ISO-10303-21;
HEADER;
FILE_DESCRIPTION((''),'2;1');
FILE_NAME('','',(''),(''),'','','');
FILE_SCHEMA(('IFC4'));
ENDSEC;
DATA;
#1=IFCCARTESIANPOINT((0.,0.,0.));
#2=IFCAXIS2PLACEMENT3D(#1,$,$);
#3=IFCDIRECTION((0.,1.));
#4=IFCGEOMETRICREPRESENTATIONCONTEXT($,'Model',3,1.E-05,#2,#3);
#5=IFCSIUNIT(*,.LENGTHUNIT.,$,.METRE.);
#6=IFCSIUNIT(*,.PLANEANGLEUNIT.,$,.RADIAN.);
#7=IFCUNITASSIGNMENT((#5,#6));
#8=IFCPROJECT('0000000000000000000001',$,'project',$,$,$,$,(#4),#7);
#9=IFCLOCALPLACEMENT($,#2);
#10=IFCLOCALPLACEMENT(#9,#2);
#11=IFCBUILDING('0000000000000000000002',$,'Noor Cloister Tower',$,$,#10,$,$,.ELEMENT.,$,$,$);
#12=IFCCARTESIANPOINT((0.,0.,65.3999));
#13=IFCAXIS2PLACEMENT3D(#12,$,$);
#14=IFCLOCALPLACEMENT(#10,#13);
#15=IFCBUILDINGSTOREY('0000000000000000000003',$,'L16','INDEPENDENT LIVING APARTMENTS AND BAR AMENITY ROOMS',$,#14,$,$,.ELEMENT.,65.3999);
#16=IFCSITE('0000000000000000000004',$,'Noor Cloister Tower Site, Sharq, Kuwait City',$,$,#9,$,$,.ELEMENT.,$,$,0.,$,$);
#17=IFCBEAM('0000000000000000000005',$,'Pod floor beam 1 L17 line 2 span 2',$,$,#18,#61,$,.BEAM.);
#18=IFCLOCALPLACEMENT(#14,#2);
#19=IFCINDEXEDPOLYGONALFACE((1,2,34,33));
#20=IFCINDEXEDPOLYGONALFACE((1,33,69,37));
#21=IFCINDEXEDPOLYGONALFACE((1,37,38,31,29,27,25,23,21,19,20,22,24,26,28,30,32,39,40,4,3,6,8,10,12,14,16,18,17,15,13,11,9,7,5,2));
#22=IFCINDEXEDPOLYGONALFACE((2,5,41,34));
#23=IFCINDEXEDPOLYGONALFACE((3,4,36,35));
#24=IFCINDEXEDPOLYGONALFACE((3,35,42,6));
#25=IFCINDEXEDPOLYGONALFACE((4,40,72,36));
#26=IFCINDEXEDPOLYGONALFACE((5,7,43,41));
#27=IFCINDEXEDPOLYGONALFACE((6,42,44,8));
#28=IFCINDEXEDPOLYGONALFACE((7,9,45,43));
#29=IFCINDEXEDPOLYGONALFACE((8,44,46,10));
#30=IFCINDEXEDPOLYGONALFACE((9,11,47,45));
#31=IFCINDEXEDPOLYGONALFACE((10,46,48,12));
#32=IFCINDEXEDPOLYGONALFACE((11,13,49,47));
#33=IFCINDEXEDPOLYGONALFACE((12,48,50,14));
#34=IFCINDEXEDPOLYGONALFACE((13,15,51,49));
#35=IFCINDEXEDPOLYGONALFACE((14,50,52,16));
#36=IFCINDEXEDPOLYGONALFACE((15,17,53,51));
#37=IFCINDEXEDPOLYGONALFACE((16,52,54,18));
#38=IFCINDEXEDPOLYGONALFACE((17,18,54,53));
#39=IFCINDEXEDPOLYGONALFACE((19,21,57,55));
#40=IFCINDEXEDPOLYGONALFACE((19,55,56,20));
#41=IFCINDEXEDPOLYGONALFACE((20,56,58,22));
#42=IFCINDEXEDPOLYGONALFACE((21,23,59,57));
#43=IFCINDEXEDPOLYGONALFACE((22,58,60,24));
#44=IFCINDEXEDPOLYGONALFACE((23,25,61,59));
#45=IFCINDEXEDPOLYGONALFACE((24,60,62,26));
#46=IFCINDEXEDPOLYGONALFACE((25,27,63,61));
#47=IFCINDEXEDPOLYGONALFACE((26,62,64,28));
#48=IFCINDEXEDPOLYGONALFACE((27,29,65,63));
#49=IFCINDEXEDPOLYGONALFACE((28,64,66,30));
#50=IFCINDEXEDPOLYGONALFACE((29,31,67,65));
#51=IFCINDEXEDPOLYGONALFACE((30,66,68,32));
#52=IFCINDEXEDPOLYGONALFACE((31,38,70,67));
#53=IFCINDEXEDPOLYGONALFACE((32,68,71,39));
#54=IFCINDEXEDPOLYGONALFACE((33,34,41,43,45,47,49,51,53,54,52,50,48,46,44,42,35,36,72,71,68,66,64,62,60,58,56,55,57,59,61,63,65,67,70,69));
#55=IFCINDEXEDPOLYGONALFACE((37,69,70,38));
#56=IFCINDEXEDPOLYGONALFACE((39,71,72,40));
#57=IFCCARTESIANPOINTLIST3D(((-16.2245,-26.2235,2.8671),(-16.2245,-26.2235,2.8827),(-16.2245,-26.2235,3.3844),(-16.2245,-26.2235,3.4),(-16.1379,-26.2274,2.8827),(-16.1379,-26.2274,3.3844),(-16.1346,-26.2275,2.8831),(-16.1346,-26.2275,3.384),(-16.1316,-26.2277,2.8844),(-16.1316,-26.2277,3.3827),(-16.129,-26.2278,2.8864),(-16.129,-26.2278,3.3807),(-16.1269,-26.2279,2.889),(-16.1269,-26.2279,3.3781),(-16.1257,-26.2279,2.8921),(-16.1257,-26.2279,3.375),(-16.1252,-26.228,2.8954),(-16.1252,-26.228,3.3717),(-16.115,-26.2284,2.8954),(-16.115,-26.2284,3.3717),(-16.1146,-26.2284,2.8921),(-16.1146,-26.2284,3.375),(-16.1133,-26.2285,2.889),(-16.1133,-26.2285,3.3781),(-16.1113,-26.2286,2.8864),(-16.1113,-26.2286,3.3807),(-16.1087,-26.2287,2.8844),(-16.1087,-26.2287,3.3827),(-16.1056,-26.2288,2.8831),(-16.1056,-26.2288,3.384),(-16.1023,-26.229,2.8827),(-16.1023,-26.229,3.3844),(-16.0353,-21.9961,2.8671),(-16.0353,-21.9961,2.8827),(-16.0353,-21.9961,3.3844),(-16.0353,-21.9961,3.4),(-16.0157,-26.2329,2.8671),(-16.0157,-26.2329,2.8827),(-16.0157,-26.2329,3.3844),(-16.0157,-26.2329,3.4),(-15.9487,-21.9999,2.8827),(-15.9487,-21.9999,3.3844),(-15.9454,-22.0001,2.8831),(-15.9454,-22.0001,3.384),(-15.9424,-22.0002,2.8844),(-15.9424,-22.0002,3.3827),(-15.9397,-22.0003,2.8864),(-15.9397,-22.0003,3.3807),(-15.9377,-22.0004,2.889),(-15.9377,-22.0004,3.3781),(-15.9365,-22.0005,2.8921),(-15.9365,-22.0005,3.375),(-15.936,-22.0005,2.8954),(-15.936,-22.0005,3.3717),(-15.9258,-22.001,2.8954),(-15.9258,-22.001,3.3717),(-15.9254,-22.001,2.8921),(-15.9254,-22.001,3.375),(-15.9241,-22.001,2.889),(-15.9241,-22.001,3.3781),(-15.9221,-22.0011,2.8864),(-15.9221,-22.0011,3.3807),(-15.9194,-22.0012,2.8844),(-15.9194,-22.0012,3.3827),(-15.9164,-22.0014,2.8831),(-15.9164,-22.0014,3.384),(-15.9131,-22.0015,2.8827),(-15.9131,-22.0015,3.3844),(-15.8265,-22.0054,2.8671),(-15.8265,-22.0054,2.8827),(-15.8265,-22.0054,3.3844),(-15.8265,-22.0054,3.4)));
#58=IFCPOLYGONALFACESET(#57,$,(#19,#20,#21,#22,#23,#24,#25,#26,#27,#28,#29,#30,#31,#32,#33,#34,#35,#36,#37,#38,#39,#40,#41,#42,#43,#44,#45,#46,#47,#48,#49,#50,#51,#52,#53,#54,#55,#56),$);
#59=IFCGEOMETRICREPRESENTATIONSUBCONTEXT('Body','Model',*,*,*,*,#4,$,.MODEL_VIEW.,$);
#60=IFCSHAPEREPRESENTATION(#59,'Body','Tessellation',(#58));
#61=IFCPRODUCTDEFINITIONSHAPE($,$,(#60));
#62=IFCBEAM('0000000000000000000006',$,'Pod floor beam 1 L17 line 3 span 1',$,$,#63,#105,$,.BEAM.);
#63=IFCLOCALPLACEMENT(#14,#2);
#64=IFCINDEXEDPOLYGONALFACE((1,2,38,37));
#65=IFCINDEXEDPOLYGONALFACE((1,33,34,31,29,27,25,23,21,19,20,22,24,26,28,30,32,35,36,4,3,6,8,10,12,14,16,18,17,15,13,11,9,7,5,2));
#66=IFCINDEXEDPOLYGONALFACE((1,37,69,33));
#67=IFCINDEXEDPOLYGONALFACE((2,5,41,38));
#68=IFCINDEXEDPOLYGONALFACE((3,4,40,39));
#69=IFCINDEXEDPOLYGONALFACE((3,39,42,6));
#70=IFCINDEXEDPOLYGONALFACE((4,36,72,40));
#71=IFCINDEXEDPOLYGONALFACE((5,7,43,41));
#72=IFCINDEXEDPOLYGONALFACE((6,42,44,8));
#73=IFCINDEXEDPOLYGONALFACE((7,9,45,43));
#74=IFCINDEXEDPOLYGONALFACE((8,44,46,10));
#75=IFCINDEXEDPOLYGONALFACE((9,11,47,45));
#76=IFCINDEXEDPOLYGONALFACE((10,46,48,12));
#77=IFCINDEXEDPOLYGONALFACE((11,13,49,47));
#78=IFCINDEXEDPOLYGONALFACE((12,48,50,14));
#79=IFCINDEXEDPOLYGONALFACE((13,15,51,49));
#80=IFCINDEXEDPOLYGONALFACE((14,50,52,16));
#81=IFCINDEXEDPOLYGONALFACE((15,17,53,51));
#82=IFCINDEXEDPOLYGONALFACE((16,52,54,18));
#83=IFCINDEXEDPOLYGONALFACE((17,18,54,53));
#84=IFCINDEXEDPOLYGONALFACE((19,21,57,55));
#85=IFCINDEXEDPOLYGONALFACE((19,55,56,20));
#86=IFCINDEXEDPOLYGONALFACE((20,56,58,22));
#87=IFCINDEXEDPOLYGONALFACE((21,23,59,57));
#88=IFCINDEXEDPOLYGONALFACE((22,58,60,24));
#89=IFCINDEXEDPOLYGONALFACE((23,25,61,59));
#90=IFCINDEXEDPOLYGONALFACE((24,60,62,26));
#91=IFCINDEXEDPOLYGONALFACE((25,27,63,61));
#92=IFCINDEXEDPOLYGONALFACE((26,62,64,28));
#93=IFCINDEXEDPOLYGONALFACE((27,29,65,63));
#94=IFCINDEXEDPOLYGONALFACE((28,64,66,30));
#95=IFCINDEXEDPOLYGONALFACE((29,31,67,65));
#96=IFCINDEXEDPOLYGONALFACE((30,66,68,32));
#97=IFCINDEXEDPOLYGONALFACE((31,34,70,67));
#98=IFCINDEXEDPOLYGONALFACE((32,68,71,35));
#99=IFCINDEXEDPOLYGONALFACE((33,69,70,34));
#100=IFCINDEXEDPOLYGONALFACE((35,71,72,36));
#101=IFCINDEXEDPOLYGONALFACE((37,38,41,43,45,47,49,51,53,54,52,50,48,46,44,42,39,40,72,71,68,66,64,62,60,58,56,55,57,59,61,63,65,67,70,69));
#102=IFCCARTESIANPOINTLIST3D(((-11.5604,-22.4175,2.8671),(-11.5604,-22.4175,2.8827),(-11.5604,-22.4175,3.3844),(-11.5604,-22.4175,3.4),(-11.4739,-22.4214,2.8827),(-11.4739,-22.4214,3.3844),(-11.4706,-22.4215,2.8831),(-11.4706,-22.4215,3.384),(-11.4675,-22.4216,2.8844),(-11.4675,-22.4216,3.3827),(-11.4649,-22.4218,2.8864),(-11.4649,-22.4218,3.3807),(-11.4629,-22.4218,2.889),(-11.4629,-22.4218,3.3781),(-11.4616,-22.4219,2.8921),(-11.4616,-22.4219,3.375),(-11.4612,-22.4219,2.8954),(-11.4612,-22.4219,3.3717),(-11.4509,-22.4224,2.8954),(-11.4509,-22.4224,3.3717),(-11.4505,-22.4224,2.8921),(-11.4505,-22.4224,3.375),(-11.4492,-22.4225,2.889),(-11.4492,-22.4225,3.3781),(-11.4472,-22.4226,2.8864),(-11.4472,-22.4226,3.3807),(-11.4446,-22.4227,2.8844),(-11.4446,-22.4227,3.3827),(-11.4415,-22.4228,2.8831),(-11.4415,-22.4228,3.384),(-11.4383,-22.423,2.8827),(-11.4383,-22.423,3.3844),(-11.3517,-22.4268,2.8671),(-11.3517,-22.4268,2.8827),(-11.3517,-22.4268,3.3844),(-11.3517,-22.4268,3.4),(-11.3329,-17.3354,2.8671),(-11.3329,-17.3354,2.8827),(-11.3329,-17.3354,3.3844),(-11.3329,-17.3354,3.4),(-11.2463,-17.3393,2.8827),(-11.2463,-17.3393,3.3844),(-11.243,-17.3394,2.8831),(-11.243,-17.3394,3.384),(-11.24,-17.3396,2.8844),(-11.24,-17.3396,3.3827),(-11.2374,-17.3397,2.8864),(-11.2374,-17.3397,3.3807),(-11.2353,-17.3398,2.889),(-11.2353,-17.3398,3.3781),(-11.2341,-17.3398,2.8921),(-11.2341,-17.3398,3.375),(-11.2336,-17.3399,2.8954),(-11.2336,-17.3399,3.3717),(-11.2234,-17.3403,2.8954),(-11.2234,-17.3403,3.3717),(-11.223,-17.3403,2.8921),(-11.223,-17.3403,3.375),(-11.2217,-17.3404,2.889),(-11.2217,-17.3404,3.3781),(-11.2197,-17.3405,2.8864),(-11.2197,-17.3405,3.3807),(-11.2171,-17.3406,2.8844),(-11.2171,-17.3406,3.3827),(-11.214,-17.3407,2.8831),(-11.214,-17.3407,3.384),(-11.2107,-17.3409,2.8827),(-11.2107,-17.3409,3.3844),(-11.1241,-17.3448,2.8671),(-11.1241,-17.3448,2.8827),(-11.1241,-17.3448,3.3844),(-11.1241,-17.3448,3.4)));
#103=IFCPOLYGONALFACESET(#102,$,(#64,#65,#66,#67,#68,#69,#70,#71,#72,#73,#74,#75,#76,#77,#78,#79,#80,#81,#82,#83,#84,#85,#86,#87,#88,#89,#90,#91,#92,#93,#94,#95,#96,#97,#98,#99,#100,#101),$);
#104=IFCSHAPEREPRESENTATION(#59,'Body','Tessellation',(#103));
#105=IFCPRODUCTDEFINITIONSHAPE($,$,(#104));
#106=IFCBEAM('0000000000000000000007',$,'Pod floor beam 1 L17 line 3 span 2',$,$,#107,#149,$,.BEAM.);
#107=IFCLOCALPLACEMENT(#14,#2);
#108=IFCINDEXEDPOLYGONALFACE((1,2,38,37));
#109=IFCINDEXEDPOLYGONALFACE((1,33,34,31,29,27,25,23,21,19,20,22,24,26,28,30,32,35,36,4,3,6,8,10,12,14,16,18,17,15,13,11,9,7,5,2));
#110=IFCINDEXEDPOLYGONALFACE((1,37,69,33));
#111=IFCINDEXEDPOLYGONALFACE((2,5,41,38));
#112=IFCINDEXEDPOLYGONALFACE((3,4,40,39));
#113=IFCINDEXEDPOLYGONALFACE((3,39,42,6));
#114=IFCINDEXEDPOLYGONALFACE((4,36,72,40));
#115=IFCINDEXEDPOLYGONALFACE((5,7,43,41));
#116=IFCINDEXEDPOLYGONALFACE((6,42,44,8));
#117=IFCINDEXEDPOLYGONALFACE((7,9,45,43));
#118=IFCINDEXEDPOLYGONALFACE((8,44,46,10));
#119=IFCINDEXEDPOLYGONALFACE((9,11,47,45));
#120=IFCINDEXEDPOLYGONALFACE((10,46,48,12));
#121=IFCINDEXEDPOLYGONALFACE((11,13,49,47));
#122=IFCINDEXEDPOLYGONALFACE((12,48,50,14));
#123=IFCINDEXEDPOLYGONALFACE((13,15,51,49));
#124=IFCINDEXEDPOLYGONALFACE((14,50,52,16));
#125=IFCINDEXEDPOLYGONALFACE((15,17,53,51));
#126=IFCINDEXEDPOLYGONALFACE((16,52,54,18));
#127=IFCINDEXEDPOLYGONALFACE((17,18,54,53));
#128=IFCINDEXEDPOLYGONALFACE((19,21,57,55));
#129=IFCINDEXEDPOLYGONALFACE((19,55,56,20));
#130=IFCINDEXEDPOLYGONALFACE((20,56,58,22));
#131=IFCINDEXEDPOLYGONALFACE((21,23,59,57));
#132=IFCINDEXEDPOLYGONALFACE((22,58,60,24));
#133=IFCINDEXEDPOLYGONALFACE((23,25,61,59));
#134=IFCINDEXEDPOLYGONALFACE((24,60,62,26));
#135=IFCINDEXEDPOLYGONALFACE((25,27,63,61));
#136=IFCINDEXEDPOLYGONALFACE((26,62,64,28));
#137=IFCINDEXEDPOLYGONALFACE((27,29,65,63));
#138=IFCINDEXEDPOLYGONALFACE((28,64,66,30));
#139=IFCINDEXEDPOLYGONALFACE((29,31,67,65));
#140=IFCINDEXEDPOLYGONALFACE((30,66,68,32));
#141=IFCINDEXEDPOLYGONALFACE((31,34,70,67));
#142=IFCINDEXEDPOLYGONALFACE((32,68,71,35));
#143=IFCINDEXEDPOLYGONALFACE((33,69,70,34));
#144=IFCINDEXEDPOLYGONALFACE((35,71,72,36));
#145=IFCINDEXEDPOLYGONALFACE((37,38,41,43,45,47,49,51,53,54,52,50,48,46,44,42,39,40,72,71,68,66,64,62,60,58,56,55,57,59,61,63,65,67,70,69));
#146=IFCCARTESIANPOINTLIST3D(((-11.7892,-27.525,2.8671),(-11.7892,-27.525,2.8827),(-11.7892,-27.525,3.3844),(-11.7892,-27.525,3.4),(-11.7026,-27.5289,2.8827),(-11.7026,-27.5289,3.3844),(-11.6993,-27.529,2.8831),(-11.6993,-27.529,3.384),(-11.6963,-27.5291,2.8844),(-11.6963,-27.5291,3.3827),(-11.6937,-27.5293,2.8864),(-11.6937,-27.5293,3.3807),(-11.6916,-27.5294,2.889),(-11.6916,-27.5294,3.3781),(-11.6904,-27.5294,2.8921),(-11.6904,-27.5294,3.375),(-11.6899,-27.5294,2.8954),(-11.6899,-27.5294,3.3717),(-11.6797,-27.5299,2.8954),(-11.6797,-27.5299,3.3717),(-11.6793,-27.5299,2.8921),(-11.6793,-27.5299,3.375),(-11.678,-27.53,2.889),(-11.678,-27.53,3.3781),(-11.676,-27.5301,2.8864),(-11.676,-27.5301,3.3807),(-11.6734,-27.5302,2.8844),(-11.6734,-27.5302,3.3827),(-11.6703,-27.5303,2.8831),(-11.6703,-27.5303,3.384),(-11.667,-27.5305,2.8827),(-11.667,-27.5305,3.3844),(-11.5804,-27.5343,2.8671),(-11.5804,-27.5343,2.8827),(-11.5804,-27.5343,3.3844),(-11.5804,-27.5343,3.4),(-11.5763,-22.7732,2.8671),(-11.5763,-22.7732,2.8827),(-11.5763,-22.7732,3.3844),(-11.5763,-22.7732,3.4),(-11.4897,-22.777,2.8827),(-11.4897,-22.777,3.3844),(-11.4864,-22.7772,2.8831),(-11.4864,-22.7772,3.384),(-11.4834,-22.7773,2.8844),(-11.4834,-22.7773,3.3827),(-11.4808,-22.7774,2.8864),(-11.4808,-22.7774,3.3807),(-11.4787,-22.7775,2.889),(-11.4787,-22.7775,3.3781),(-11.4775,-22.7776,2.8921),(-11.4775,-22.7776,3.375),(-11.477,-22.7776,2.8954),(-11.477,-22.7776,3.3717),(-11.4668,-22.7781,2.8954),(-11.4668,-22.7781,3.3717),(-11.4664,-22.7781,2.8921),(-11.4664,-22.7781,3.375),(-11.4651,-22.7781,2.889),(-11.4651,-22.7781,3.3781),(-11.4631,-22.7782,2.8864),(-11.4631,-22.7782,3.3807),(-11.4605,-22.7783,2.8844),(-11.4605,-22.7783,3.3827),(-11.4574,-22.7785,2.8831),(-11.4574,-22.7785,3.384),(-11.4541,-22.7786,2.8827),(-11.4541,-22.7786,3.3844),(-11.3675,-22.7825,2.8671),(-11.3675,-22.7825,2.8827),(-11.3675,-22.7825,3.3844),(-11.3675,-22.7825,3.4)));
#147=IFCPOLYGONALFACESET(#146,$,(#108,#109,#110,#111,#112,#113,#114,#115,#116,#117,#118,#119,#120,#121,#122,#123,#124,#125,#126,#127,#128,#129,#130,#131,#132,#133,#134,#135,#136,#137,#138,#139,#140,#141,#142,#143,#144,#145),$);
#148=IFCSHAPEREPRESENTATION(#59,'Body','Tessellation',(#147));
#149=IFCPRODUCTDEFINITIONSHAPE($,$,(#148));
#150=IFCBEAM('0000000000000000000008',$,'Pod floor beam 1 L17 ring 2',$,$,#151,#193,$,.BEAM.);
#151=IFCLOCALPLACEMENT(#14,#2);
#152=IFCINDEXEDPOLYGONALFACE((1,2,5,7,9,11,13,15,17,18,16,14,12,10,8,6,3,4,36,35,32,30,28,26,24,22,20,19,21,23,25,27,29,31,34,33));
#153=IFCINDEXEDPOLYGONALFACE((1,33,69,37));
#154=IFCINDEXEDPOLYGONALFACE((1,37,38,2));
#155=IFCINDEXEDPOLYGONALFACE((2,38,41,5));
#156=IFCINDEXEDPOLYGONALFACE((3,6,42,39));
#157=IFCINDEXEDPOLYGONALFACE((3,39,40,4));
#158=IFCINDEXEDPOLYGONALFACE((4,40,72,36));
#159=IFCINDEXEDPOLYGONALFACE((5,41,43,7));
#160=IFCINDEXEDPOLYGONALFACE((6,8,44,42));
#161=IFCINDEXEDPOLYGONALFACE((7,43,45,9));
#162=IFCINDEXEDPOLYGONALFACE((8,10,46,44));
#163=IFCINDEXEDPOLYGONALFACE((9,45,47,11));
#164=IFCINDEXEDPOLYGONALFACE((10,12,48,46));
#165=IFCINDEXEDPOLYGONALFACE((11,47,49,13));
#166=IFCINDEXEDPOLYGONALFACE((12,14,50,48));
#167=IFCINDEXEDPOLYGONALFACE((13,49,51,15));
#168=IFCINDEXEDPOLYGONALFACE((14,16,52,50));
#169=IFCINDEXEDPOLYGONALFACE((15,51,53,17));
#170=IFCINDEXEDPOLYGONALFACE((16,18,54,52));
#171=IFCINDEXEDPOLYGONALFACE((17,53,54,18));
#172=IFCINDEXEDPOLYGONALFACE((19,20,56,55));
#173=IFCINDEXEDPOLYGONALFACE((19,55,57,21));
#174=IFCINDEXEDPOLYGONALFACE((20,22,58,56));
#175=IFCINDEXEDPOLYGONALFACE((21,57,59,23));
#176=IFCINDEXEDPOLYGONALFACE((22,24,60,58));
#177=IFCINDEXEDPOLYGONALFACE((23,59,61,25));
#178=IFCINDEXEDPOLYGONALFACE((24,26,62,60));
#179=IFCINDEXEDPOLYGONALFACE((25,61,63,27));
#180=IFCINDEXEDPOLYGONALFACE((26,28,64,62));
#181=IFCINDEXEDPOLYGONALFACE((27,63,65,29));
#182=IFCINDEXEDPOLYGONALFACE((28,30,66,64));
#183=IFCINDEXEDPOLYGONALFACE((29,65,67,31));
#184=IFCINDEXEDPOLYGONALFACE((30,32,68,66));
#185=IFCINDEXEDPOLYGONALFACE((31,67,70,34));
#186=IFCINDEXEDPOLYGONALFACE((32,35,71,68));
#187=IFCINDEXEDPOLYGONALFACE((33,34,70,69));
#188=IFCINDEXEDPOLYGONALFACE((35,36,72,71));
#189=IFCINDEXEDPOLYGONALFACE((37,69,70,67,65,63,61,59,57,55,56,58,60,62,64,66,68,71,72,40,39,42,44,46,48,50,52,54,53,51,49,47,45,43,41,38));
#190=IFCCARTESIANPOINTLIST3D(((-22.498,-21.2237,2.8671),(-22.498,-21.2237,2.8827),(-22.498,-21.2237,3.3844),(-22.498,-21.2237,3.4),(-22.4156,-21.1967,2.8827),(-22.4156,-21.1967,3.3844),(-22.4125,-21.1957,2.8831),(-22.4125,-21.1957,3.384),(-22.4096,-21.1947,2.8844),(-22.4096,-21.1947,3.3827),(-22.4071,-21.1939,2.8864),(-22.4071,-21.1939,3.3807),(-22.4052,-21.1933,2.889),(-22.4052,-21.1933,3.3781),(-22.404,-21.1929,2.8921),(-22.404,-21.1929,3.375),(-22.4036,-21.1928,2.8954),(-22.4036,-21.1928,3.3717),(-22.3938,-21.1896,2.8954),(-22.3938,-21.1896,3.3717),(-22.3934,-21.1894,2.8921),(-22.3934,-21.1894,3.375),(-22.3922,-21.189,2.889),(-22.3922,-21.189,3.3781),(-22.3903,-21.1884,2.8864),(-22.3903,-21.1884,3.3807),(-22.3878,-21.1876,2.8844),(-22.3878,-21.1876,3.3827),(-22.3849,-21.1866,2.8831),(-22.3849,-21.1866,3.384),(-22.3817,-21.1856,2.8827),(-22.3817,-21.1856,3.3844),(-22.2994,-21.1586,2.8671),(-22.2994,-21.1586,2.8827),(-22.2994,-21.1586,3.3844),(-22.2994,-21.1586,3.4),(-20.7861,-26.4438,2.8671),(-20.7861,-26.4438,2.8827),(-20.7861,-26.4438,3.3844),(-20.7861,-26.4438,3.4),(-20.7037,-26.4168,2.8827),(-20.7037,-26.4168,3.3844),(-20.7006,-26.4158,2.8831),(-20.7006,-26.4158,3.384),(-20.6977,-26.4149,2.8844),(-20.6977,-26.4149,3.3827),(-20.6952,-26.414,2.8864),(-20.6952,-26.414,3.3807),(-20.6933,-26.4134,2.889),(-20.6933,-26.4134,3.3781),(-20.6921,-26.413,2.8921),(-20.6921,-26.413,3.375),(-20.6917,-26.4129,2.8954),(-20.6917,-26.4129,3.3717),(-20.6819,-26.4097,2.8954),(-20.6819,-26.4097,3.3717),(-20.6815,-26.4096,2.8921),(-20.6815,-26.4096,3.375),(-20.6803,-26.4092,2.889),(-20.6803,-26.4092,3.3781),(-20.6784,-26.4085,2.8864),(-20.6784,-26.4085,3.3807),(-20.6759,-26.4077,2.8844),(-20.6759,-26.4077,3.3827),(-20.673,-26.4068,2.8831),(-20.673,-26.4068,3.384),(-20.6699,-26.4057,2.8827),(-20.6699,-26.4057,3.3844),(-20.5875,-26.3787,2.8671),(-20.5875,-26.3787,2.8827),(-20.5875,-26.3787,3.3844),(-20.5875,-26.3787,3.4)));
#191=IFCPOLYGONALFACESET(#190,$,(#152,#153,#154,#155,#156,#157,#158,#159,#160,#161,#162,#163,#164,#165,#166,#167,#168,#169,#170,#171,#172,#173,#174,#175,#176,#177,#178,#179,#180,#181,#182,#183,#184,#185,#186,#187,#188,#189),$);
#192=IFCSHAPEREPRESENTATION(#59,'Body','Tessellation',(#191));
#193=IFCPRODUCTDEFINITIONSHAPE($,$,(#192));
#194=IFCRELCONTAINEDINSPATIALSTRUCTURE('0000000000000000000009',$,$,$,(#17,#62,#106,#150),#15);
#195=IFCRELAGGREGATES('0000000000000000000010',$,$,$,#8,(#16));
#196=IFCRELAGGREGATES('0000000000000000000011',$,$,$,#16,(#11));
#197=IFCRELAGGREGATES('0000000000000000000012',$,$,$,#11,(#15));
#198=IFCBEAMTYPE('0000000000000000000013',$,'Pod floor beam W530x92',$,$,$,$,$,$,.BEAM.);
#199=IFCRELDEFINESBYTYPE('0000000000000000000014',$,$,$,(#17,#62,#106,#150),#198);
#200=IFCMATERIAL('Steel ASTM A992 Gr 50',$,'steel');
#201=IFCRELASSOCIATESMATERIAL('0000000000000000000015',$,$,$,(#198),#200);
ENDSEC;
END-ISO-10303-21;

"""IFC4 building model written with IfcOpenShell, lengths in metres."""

from ifc_helpers import new_model, si_unit, direction, frame, origin, origin_2d, place, context, subcontext, project, spatial, i_section, extrude, material, material_profile, profile_set, type_object, element, save


model = new_model("IFC4")

# Units and contexts
model_context = context("Model", 3, precision=1e-05, world=origin(), true_north=direction((0.0, 1.0)))
body_context = subcontext(model_context, "Body", "Model", "MODEL_VIEW")
ifc_project = project(units=[si_unit("LENGTHUNIT", "METRE"), si_unit("PLANEANGLEUNIT", "RADIAN")], contexts=[model_context])

# Site, building, storey
site_placement = place(None, origin())
site = spatial("IfcSite", under=ifc_project, at=site_placement, Name="Noor Cloister Tower Site, Sharq, Kuwait City", CompositionType="ELEMENT", RefElevation=0.0)
building_placement = place(site_placement, origin())
building = spatial("IfcBuilding", under=site, at=building_placement, Name="Noor Cloister Tower", CompositionType="ELEMENT")
storey_placement = place(building_placement, frame((0.0, 0.0, 65.3999)))
storey = spatial("IfcBuildingStorey", under=building, at=storey_placement, Name="L16", Description="INDEPENDENT LIVING APARTMENTS AND BAR AMENITY ROOMS", CompositionType="ELEMENT", Elevation=65.3999)

# Beams
ifc_material_1 = material(Name="Steel ASTM A992 Gr 50", Category="steel")
ifc_material_profile_1 = material_profile(ifc_material_1, i_section(OverallWidth=0.209, OverallDepth=0.533, WebThickness=0.0103, FlangeThickness=0.0156, FilletRadius=0.0127, at=origin_2d()), Name="W530x92")
ifc_profile_set_1 = profile_set([ifc_material_profile_1], Name="Steel ASTM A992 Gr 50")
beam_type_1 = type_object("IfcBeamType", Name="Pod floor beam W530x92", PredefinedType="BEAM", material=ifc_profile_set_1)
beam_1_placement = place(storey_placement, frame((-15.9309, -22.0007, 3.1335), z_axis=(-0.044712, -0.999, 0.0), x_axis=(0.999, -0.044712, 0.0)))
element("IfcBeam", 1, at=beam_1_placement, inside=storey, type_object=beam_type_1, Name="Pod floor beam 1 L17 line 2 span 2", PredefinedType="BEAM", context=body_context, shape_type="SweptSolid", body=[
    extrude(i_section(OverallWidth=0.209, OverallDepth=0.533, WebThickness=0.0103, FlangeThickness=0.0156, FilletRadius=0.0127, at=origin_2d()), origin(), (0.0, 0.0, 1.0), 4.2317),
])
beam_2_placement = place(storey_placement, frame((-11.2285, -17.3401, 3.1335), z_axis=(-0.044728, -0.998999, 0.0), x_axis=(0.998999, -0.044728, 0.0)))
element("IfcBeam", 2, at=beam_2_placement, inside=storey, type_object=beam_type_1, Name="Pod floor beam 1 L17 line 3 span 1", PredefinedType="BEAM", context=body_context, shape_type="SweptSolid", body=[
    extrude(i_section(OverallWidth=0.209, OverallDepth=0.533, WebThickness=0.0103, FlangeThickness=0.0156, FilletRadius=0.0127, at=origin_2d()), origin(), (0.0, 0.0, 1.0), 5.0872),
])
beam_3_placement = place(storey_placement, frame((-11.4719, -22.7778, 3.1335), z_axis=(-0.044758, -0.998998, 0.0), x_axis=(0.998998, -0.044758, 0.0)))
element("IfcBeam", 3, at=beam_3_placement, inside=storey, type_object=beam_type_1, Name="Pod floor beam 1 L17 line 3 span 2", PredefinedType="BEAM", context=body_context, shape_type="SweptSolid", body=[
    extrude(i_section(OverallWidth=0.209, OverallDepth=0.533, WebThickness=0.0103, FlangeThickness=0.0156, FilletRadius=0.0127, at=origin_2d()), origin(), (0.0, 0.0, 1.0), 4.7566),
])
beam_4_placement = place(storey_placement, frame((-22.3987, -21.1912, 3.1335), z_axis=(0.311611, -0.95021, 0.0), x_axis=(0.95021, 0.311611, 0.0)))
element("IfcBeam", 4, at=beam_4_placement, inside=storey, type_object=beam_type_1, Name="Pod floor beam 1 L17 ring 2", PredefinedType="BEAM", context=body_context, shape_type="SweptSolid", body=[
    extrude(i_section(OverallWidth=0.209, OverallDepth=0.533, WebThickness=0.0103, FlangeThickness=0.0156, FilletRadius=0.0127, at=origin_2d()), origin(), (0.0, 0.0, 1.0), 5.4937),
])

save(model, "model.ifc")
